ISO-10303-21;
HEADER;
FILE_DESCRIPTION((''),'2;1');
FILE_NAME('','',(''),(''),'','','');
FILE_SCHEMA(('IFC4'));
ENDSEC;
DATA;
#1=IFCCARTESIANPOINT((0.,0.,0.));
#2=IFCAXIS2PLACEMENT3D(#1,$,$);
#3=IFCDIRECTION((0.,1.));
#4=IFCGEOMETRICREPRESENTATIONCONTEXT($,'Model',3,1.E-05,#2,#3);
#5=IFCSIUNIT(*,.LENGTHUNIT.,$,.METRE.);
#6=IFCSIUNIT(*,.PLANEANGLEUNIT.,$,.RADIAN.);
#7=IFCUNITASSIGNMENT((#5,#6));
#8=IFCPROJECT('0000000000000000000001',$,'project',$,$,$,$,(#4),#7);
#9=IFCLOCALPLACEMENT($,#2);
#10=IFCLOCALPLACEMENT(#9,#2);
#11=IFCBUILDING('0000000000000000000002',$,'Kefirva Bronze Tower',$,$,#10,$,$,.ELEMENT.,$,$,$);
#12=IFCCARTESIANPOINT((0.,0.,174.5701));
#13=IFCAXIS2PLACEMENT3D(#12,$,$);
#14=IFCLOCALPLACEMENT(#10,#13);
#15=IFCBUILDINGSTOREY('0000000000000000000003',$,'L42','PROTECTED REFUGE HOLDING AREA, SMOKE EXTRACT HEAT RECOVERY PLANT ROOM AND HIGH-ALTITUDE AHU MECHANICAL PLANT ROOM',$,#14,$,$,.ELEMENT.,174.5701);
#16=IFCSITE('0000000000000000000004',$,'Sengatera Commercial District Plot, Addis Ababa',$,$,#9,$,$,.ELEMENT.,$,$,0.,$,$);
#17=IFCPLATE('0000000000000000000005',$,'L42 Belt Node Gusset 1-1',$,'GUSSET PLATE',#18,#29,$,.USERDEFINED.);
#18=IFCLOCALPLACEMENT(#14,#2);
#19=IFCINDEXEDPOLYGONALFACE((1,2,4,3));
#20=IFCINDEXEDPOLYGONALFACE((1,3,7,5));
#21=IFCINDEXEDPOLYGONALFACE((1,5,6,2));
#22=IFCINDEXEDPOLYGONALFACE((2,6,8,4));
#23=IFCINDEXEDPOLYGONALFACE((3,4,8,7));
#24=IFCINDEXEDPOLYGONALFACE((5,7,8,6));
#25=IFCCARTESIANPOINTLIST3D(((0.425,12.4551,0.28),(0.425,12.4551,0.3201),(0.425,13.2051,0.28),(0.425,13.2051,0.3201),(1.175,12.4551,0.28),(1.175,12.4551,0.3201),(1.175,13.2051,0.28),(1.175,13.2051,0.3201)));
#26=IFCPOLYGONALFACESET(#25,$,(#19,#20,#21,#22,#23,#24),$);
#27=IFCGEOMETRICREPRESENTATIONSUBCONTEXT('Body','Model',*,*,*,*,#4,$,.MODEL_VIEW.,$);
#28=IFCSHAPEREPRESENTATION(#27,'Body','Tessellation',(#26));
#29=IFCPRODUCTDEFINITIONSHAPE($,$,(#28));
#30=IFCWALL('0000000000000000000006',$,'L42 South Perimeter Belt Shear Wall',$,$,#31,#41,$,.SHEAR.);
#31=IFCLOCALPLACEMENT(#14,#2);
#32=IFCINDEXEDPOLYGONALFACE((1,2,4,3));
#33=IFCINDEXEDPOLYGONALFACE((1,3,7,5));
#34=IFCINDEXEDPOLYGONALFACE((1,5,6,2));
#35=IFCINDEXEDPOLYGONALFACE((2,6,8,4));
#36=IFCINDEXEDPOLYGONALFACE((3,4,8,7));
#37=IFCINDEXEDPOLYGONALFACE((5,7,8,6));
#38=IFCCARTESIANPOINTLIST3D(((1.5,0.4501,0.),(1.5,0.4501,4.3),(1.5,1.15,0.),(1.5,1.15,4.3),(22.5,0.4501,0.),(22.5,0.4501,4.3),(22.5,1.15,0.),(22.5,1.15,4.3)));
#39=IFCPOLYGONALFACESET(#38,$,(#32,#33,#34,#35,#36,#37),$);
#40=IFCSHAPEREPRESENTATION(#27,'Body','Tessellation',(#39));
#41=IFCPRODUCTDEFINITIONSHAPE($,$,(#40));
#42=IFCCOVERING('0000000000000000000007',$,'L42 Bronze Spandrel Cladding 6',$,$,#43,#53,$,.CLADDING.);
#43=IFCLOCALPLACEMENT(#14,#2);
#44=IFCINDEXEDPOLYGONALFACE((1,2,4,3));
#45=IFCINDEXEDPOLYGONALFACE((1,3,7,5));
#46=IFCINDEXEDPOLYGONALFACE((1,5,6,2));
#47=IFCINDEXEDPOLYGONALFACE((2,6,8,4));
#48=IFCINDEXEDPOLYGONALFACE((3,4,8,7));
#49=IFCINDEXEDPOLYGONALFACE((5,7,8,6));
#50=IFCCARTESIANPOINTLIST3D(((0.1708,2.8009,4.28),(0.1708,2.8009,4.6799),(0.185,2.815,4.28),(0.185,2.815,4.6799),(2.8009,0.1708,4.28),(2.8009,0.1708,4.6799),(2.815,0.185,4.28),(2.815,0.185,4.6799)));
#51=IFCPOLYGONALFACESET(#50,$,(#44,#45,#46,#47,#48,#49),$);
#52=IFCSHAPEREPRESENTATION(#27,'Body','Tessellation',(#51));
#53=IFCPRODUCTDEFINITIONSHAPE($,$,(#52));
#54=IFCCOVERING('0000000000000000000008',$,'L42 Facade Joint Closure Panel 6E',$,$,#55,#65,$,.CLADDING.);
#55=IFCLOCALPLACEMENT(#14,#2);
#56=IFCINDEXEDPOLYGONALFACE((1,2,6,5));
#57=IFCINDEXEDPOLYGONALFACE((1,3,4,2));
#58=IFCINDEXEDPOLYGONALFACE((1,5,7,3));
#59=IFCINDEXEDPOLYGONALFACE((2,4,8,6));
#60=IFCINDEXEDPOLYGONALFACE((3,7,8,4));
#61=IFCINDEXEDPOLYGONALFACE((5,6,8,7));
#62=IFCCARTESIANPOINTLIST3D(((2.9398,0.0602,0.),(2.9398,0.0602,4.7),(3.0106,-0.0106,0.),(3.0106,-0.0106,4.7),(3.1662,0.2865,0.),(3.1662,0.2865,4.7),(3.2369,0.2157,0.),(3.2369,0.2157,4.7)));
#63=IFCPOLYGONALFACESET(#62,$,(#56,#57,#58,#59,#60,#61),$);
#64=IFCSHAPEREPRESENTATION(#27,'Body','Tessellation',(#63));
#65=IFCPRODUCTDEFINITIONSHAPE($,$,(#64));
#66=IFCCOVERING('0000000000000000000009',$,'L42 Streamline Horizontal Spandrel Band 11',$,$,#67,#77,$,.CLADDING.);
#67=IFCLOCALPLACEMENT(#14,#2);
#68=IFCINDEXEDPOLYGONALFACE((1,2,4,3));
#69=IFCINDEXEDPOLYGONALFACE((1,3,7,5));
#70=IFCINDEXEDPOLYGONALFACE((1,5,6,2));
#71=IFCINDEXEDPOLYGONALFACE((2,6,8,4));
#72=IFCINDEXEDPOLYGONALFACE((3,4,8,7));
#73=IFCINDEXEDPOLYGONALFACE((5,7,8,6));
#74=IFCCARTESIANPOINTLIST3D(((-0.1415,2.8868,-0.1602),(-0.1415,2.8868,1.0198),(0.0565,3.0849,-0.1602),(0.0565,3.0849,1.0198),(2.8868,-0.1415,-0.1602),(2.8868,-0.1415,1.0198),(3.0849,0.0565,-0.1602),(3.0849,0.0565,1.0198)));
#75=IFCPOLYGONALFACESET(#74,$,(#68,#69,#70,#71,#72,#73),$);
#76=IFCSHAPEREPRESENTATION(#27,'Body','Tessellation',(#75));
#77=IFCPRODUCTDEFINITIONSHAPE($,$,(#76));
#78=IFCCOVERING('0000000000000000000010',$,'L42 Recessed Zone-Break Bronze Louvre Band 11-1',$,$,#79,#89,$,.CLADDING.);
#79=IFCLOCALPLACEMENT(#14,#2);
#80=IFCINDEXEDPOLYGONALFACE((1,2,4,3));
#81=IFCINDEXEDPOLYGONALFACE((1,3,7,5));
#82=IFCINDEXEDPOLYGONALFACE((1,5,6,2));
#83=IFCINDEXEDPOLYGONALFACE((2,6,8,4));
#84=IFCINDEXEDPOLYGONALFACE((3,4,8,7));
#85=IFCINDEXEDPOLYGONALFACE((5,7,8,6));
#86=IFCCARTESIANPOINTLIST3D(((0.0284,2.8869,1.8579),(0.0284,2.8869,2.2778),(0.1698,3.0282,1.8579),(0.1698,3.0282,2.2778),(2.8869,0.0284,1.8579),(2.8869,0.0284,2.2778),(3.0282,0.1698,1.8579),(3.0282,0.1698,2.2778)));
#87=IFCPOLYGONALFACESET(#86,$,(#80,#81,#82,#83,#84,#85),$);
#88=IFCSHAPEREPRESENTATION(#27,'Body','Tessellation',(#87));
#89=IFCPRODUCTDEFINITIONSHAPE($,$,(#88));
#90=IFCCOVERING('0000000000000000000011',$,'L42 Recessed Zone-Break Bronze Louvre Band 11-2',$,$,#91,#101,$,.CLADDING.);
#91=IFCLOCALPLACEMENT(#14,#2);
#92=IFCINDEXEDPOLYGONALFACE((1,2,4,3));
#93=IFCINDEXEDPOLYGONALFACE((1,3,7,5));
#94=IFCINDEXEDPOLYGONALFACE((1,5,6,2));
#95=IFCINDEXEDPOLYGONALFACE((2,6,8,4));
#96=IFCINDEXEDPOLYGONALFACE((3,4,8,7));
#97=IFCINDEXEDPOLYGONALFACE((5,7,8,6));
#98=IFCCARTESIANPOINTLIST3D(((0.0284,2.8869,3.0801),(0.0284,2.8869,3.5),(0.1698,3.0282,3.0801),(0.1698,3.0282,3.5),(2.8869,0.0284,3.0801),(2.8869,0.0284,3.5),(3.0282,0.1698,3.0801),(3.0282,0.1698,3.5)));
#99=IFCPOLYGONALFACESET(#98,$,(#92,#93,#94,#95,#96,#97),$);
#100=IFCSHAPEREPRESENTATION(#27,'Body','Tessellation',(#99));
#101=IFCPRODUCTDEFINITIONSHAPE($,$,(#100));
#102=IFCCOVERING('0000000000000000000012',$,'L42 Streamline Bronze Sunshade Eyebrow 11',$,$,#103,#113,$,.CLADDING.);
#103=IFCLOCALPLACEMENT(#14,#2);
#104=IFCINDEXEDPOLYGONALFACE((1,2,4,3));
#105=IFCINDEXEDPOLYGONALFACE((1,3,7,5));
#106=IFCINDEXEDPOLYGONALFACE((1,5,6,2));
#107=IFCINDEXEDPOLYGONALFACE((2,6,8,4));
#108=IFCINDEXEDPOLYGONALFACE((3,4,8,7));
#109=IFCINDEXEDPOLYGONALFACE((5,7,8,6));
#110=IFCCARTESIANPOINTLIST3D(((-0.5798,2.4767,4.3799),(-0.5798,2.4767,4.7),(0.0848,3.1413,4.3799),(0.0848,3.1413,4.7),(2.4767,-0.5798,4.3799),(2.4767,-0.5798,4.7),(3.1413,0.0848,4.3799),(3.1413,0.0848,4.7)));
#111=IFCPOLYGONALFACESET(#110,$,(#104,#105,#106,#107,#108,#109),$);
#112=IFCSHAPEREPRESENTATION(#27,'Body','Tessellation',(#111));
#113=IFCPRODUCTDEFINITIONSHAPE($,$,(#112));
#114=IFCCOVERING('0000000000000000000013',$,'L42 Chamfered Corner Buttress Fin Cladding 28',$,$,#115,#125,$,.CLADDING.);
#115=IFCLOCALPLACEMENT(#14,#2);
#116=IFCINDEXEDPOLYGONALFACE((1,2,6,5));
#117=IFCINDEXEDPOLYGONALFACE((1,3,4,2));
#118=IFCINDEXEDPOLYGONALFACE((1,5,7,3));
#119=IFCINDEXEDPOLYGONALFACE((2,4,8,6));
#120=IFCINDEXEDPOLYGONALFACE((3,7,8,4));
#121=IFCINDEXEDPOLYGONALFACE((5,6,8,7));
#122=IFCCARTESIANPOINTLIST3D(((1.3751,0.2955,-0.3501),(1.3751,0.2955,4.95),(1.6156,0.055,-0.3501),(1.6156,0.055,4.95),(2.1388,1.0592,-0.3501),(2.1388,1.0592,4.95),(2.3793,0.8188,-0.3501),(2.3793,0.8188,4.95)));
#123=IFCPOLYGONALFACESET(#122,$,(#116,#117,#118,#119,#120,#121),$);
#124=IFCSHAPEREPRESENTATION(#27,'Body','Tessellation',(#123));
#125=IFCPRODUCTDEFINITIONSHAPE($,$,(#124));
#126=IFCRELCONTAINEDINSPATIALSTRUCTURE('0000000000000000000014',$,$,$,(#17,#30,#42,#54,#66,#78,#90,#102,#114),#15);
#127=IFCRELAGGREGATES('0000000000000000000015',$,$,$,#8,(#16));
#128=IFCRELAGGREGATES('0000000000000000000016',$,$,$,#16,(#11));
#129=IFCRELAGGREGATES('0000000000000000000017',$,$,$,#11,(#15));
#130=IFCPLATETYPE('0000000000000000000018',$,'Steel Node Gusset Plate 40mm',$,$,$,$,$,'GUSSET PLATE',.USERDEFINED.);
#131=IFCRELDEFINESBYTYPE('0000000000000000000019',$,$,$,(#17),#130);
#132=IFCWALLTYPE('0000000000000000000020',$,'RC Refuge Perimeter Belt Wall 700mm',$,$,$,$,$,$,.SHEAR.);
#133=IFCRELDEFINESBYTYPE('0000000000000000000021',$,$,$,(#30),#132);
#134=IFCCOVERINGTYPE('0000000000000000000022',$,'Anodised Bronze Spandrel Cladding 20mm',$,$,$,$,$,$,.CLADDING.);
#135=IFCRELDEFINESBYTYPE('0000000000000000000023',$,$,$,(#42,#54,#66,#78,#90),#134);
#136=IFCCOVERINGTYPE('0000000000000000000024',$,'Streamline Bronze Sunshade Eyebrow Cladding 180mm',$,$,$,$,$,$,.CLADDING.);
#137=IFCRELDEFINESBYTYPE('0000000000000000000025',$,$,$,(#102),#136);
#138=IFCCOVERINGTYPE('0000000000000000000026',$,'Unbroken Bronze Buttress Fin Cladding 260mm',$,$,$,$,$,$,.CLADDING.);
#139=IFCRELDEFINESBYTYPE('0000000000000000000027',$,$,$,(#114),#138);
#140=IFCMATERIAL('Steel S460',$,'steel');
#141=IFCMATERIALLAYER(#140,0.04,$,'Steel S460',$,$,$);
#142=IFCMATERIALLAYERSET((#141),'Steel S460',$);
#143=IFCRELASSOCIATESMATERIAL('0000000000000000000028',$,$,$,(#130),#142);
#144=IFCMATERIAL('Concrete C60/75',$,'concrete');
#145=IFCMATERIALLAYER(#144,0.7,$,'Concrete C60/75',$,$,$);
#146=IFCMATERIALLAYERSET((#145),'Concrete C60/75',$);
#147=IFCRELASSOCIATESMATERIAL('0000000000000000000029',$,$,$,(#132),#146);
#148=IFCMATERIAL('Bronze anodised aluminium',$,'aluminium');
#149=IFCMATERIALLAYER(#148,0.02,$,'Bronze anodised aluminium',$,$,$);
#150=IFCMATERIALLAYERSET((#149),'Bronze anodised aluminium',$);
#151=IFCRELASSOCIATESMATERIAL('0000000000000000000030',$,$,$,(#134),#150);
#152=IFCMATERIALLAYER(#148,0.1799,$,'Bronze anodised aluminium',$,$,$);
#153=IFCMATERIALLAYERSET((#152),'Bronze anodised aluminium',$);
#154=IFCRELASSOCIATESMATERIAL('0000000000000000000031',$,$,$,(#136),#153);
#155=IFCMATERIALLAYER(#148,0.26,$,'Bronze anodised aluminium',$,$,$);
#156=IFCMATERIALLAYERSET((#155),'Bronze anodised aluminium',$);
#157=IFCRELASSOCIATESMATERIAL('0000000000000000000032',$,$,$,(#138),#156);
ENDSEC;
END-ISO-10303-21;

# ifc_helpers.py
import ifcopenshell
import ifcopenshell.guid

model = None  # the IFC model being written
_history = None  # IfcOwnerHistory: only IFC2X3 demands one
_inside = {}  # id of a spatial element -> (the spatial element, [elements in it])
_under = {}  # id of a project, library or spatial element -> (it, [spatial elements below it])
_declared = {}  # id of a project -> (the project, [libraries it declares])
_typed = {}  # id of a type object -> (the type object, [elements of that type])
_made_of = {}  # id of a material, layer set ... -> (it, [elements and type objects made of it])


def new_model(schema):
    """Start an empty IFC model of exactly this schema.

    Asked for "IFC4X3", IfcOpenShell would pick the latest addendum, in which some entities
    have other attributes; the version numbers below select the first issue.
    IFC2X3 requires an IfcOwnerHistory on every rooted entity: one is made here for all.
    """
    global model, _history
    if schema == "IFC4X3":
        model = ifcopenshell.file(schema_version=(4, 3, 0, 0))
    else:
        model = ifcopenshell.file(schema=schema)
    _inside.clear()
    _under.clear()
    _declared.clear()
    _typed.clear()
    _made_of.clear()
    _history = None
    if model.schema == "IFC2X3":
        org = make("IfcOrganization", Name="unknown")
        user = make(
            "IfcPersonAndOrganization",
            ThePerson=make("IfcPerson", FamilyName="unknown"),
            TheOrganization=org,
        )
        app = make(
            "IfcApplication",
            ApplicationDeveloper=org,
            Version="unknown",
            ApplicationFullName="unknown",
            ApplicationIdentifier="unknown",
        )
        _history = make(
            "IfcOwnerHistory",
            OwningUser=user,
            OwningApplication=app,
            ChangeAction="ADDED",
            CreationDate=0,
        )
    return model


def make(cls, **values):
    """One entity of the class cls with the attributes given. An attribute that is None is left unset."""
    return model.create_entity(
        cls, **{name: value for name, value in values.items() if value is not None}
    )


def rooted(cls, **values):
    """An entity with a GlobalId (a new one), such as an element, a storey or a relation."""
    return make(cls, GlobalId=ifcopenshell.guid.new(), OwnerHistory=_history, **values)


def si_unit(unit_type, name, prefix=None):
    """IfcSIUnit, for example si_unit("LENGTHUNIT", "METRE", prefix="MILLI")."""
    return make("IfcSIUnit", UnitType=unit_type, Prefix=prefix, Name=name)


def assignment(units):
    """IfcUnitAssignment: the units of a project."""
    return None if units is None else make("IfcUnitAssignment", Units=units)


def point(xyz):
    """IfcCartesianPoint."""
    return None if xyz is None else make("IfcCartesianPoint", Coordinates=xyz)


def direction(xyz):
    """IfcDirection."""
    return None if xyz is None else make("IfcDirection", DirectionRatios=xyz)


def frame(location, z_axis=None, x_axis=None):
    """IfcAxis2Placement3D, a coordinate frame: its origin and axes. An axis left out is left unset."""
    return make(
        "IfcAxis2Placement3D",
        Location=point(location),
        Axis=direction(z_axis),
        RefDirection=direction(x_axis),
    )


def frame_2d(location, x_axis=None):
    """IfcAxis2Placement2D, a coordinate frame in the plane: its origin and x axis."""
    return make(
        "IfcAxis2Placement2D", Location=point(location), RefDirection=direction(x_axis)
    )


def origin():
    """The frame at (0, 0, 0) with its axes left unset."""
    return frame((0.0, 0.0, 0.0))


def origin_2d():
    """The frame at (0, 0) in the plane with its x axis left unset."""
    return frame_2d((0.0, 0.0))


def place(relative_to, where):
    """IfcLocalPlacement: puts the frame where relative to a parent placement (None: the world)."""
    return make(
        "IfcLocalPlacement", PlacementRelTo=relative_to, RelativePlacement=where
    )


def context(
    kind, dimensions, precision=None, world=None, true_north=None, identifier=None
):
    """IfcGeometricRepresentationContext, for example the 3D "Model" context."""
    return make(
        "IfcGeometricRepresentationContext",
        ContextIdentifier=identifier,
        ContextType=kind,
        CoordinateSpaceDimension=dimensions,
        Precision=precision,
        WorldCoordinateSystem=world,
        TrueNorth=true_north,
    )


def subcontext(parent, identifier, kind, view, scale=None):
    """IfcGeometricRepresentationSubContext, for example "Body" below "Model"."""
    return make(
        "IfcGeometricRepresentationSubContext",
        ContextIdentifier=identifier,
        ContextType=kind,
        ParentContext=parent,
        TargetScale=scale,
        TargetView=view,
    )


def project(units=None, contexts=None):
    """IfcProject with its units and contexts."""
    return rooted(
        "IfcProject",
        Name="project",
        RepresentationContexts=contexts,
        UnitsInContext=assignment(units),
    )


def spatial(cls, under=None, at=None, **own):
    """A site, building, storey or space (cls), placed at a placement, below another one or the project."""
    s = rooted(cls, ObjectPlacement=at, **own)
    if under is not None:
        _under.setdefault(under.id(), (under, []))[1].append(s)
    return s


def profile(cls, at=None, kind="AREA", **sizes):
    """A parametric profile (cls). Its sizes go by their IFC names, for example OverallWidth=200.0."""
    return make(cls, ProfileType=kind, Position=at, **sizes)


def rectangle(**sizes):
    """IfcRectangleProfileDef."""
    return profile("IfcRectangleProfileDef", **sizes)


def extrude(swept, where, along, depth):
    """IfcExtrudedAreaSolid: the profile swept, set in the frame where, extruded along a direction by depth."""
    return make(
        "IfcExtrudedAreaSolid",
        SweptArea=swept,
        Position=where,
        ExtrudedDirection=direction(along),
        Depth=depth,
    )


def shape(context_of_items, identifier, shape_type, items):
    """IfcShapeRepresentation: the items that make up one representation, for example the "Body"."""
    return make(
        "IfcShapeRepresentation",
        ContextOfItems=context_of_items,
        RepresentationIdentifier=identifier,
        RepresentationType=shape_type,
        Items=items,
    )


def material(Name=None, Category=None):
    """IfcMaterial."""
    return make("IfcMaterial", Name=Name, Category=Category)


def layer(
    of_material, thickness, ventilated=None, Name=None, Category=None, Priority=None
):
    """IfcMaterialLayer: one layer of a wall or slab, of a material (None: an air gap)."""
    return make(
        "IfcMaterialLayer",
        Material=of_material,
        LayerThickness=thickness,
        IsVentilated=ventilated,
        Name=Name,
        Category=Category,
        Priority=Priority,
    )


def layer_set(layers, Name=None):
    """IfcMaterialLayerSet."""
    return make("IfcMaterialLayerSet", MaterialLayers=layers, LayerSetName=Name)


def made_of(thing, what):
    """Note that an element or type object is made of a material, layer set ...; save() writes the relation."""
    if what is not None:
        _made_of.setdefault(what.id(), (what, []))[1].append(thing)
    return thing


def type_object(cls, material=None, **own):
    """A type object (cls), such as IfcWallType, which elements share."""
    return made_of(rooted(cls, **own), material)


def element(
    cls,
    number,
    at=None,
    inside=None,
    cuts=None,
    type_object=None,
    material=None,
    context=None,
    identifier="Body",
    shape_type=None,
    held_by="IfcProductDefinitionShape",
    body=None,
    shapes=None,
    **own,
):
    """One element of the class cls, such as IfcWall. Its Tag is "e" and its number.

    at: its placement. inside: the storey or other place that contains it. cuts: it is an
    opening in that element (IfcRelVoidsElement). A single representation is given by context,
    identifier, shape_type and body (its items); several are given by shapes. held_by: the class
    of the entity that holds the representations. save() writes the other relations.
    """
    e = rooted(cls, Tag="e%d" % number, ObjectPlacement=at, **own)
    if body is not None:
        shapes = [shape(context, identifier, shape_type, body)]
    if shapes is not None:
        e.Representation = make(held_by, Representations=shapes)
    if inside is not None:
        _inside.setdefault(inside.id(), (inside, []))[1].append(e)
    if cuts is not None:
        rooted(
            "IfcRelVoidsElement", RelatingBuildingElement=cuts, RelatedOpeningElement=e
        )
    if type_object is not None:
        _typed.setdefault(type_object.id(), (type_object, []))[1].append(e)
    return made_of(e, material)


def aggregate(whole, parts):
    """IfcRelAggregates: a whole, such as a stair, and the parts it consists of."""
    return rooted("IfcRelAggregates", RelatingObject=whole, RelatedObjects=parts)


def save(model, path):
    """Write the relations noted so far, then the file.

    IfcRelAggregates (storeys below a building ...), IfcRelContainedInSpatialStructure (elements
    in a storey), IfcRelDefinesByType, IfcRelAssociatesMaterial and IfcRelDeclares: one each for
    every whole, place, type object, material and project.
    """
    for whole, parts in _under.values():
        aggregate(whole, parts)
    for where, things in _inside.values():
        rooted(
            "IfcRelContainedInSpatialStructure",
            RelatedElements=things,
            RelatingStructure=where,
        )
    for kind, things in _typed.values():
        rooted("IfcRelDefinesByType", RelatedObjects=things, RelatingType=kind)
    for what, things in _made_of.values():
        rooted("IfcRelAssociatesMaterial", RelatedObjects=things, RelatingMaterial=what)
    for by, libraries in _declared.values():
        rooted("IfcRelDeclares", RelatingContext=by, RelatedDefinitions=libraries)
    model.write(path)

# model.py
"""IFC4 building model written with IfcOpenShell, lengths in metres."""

from ifc_helpers import new_model, si_unit, direction, frame, frame_2d, origin, origin_2d, place, context, subcontext, project, spatial, rectangle, extrude, material, layer, layer_set, type_object, element, save


model = new_model("IFC4")

# Units and contexts
model_context = context("Model", 3, precision=1e-05, world=origin(), true_north=direction((0.0, 1.0)))
body_context = subcontext(model_context, "Body", "Model", "MODEL_VIEW")
ifc_project = project(units=[si_unit("LENGTHUNIT", "METRE"), si_unit("PLANEANGLEUNIT", "RADIAN")], contexts=[model_context])

# Site, building, storey
site_placement = place(None, origin())
site = spatial("IfcSite", under=ifc_project, at=site_placement, Name="Sengatera Commercial District Plot, Addis Ababa", CompositionType="ELEMENT", RefElevation=0.0)
building_placement = place(site_placement, origin())
building = spatial("IfcBuilding", under=site, at=building_placement, Name="Kefirva Bronze Tower", CompositionType="ELEMENT")
storey_placement = place(building_placement, frame((0.0, 0.0, 174.5701)))
storey = spatial("IfcBuildingStorey", under=building, at=storey_placement, Name="L42", Description="PROTECTED REFUGE HOLDING AREA, SMOKE EXTRACT HEAT RECOVERY PLANT ROOM AND HIGH-ALTITUDE AHU MECHANICAL PLANT ROOM", CompositionType="ELEMENT", Elevation=174.5701)

# Shared definitions
ifc_material_1 = material(Name="Concrete C60/75", Category="concrete")

# Shared definitions
ifc_material_2 = material(Name="Bronze anodised aluminium", Category="aluminium")

# Shared definitions
ifc_material_3 = material(Name="Steel S460", Category="steel")

# Plate
ifc_layer_1 = layer(ifc_material_3, 0.04, Name="Steel S460")
ifc_layer_set_1 = layer_set([ifc_layer_1], Name="Steel S460")
plate_type = type_object("IfcPlateType", Name="Steel Node Gusset Plate 40mm", ElementType="GUSSET PLATE", PredefinedType="USERDEFINED", material=ifc_layer_set_1)
plate_placement = place(storey_placement, frame((0.8, 12.8301, 0.28), z_axis=(0.0, 0.0, 1.0), x_axis=(1.0, 0.0, 0.0)))
element("IfcPlate", 1, at=plate_placement, inside=storey, type_object=plate_type, Name="L42 Belt Node Gusset 1-1", ObjectType="GUSSET PLATE", PredefinedType="USERDEFINED", context=body_context, shape_type="SweptSolid", body=[
    extrude(rectangle(XDim=0.75, YDim=0.75, at=origin_2d()), origin(), (0.0, 0.0, 1.0), 0.04),
])

# Wall
ifc_layer_2 = layer(ifc_material_1, 0.7, Name="Concrete C60/75")
ifc_layer_set_2 = layer_set([ifc_layer_2], Name="Concrete C60/75")
wall_type = type_object("IfcWallType", Name="RC Refuge Perimeter Belt Wall 700mm", PredefinedType="SHEAR", material=ifc_layer_set_2)
wall_placement = place(storey_placement, frame((1.5, 0.8, 0.0), z_axis=(0.0, 0.0, 1.0), x_axis=(1.0, 0.0, 0.0)))
element("IfcWall", 2, at=wall_placement, inside=storey, type_object=wall_type, Name="L42 South Perimeter Belt Shear Wall", PredefinedType="SHEAR", context=body_context, shape_type="SweptSolid", body=[
    extrude(rectangle(XDim=21.0, YDim=0.7, at=frame_2d((10.5, 0.0))), origin(), (0.0, 0.0, 1.0), 4.3),
])

# Coverings
ifc_layer_3 = layer(ifc_material_2, 0.02, Name="Bronze anodised aluminium")
ifc_layer_set_3 = layer_set([ifc_layer_3], Name="Bronze anodised aluminium")
covering_type_1 = type_object("IfcCoveringType", Name="Anodised Bronze Spandrel Cladding 20mm", PredefinedType="CLADDING", material=ifc_layer_set_3)
covering_1_placement = place(storey_placement, frame((1.4929, 1.4929, 4.28), z_axis=(0.0, 0.0, 1.0), x_axis=(0.707107, -0.707107, 0.0)))
element("IfcCovering", 3, at=covering_1_placement, inside=storey, type_object=covering_type_1, Name="L42 Bronze Spandrel Cladding 6", PredefinedType="CLADDING", context=body_context, shape_type="SweptSolid", body=[
    extrude(rectangle(XDim=3.7195, YDim=0.02, at=origin_2d()), origin(), (0.0, 0.0, 1.0), 0.3999),
])
covering_2_placement = place(storey_placement, frame((3.0884, 0.1379, 0.0), z_axis=(0.0, 0.0, 1.0), x_axis=(0.707107, -0.707107, 0.0)))
element("IfcCovering", 4, at=covering_2_placement, inside=storey, type_object=covering_type_1, Name="L42 Facade Joint Closure Panel 6E", PredefinedType="CLADDING", context=body_context, shape_type="SweptSolid", body=[
    extrude(rectangle(XDim=0.1001, YDim=0.3201, at=origin_2d()), origin(), (0.0, 0.0, 1.0), 4.7),
])
covering_3_placement = place(storey_placement, frame((1.4717, 1.4717, -0.1602), z_axis=(0.0, 0.0, 1.0), x_axis=(0.707107, -0.707107, 0.0)))
element("IfcCovering", 5, at=covering_3_placement, inside=storey, type_object=covering_type_1, Name="L42 Streamline Horizontal Spandrel Band 11", PredefinedType="CLADDING", context=body_context, shape_type="SweptSolid", body=[
    extrude(rectangle(XDim=4.2827, YDim=0.28, at=origin_2d()), origin(), (0.0, 0.0, 1.0), 1.1799),
])
for number, where, z_axis, x_axis, name in (
    (6, (1.5283, 1.5283, 1.8579), (0.0, 0.0, 1.0), (0.707107, -0.707107, 0.0), "L42 Recessed Zone-Break Bronze Louvre Band 11-1"),
    (7, (1.5283, 1.5283, 3.0801), (0.0, 0.0, 1.0), (0.707107, -0.707107, 0.0), "L42 Recessed Zone-Break Bronze Louvre Band 11-2"),
):
    element("IfcCovering", number, at=place(storey_placement, frame(where, z_axis=z_axis, x_axis=x_axis)), inside=storey, type_object=covering_type_1, Name=name, PredefinedType="CLADDING", context=body_context, shape_type="SweptSolid", body=[
        extrude(rectangle(XDim=4.0425, YDim=0.2, at=origin_2d()), origin(), (0.0, 0.0, 1.0), 0.4199),
    ])
ifc_layer_4 = layer(ifc_material_2, 0.1799, Name="Bronze anodised aluminium")
ifc_layer_set_4 = layer_set([ifc_layer_4], Name="Bronze anodised aluminium")
covering_type_2 = type_object("IfcCoveringType", Name="Streamline Bronze Sunshade Eyebrow Cladding 180mm", PredefinedType="CLADDING", material=ifc_layer_set_4)
covering_4_placement = place(storey_placement, frame((1.2808, 1.2808, 4.3799), z_axis=(0.0, 0.0, 1.0), x_axis=(0.707107, -0.707107, 0.0)))
element("IfcCovering", 8, at=covering_4_placement, inside=storey, type_object=covering_type_2, Name="L42 Streamline Bronze Sunshade Eyebrow 11", PredefinedType="CLADDING", context=body_context, shape_type="SweptSolid", body=[
    extrude(rectangle(XDim=4.3225, YDim=0.9399, at=origin_2d()), origin(), (0.0, 0.0, 1.0), 0.3201),
])
ifc_layer_5 = layer(ifc_material_2, 0.26, Name="Bronze anodised aluminium")
ifc_layer_set_5 = layer_set([ifc_layer_5], Name="Bronze anodised aluminium")
covering_type_3 = type_object("IfcCoveringType", Name="Unbroken Bronze Buttress Fin Cladding 260mm", PredefinedType="CLADDING", material=ifc_layer_set_5)
covering_5_placement = place(storey_placement, frame((1.8772, 0.5571, -0.3501), z_axis=(0.0, 0.0, 1.0), x_axis=(0.707107, -0.707107, 0.0)))
element("IfcCovering", 9, at=covering_5_placement, inside=storey, type_object=covering_type_3, Name="L42 Chamfered Corner Buttress Fin Cladding 28", PredefinedType="CLADDING", context=body_context, shape_type="SweptSolid", body=[
    extrude(rectangle(XDim=0.3401, YDim=1.0801, at=origin_2d()), origin(), (0.0, 0.0, 1.0), 5.3),
])

save(model, "model.ifc")
